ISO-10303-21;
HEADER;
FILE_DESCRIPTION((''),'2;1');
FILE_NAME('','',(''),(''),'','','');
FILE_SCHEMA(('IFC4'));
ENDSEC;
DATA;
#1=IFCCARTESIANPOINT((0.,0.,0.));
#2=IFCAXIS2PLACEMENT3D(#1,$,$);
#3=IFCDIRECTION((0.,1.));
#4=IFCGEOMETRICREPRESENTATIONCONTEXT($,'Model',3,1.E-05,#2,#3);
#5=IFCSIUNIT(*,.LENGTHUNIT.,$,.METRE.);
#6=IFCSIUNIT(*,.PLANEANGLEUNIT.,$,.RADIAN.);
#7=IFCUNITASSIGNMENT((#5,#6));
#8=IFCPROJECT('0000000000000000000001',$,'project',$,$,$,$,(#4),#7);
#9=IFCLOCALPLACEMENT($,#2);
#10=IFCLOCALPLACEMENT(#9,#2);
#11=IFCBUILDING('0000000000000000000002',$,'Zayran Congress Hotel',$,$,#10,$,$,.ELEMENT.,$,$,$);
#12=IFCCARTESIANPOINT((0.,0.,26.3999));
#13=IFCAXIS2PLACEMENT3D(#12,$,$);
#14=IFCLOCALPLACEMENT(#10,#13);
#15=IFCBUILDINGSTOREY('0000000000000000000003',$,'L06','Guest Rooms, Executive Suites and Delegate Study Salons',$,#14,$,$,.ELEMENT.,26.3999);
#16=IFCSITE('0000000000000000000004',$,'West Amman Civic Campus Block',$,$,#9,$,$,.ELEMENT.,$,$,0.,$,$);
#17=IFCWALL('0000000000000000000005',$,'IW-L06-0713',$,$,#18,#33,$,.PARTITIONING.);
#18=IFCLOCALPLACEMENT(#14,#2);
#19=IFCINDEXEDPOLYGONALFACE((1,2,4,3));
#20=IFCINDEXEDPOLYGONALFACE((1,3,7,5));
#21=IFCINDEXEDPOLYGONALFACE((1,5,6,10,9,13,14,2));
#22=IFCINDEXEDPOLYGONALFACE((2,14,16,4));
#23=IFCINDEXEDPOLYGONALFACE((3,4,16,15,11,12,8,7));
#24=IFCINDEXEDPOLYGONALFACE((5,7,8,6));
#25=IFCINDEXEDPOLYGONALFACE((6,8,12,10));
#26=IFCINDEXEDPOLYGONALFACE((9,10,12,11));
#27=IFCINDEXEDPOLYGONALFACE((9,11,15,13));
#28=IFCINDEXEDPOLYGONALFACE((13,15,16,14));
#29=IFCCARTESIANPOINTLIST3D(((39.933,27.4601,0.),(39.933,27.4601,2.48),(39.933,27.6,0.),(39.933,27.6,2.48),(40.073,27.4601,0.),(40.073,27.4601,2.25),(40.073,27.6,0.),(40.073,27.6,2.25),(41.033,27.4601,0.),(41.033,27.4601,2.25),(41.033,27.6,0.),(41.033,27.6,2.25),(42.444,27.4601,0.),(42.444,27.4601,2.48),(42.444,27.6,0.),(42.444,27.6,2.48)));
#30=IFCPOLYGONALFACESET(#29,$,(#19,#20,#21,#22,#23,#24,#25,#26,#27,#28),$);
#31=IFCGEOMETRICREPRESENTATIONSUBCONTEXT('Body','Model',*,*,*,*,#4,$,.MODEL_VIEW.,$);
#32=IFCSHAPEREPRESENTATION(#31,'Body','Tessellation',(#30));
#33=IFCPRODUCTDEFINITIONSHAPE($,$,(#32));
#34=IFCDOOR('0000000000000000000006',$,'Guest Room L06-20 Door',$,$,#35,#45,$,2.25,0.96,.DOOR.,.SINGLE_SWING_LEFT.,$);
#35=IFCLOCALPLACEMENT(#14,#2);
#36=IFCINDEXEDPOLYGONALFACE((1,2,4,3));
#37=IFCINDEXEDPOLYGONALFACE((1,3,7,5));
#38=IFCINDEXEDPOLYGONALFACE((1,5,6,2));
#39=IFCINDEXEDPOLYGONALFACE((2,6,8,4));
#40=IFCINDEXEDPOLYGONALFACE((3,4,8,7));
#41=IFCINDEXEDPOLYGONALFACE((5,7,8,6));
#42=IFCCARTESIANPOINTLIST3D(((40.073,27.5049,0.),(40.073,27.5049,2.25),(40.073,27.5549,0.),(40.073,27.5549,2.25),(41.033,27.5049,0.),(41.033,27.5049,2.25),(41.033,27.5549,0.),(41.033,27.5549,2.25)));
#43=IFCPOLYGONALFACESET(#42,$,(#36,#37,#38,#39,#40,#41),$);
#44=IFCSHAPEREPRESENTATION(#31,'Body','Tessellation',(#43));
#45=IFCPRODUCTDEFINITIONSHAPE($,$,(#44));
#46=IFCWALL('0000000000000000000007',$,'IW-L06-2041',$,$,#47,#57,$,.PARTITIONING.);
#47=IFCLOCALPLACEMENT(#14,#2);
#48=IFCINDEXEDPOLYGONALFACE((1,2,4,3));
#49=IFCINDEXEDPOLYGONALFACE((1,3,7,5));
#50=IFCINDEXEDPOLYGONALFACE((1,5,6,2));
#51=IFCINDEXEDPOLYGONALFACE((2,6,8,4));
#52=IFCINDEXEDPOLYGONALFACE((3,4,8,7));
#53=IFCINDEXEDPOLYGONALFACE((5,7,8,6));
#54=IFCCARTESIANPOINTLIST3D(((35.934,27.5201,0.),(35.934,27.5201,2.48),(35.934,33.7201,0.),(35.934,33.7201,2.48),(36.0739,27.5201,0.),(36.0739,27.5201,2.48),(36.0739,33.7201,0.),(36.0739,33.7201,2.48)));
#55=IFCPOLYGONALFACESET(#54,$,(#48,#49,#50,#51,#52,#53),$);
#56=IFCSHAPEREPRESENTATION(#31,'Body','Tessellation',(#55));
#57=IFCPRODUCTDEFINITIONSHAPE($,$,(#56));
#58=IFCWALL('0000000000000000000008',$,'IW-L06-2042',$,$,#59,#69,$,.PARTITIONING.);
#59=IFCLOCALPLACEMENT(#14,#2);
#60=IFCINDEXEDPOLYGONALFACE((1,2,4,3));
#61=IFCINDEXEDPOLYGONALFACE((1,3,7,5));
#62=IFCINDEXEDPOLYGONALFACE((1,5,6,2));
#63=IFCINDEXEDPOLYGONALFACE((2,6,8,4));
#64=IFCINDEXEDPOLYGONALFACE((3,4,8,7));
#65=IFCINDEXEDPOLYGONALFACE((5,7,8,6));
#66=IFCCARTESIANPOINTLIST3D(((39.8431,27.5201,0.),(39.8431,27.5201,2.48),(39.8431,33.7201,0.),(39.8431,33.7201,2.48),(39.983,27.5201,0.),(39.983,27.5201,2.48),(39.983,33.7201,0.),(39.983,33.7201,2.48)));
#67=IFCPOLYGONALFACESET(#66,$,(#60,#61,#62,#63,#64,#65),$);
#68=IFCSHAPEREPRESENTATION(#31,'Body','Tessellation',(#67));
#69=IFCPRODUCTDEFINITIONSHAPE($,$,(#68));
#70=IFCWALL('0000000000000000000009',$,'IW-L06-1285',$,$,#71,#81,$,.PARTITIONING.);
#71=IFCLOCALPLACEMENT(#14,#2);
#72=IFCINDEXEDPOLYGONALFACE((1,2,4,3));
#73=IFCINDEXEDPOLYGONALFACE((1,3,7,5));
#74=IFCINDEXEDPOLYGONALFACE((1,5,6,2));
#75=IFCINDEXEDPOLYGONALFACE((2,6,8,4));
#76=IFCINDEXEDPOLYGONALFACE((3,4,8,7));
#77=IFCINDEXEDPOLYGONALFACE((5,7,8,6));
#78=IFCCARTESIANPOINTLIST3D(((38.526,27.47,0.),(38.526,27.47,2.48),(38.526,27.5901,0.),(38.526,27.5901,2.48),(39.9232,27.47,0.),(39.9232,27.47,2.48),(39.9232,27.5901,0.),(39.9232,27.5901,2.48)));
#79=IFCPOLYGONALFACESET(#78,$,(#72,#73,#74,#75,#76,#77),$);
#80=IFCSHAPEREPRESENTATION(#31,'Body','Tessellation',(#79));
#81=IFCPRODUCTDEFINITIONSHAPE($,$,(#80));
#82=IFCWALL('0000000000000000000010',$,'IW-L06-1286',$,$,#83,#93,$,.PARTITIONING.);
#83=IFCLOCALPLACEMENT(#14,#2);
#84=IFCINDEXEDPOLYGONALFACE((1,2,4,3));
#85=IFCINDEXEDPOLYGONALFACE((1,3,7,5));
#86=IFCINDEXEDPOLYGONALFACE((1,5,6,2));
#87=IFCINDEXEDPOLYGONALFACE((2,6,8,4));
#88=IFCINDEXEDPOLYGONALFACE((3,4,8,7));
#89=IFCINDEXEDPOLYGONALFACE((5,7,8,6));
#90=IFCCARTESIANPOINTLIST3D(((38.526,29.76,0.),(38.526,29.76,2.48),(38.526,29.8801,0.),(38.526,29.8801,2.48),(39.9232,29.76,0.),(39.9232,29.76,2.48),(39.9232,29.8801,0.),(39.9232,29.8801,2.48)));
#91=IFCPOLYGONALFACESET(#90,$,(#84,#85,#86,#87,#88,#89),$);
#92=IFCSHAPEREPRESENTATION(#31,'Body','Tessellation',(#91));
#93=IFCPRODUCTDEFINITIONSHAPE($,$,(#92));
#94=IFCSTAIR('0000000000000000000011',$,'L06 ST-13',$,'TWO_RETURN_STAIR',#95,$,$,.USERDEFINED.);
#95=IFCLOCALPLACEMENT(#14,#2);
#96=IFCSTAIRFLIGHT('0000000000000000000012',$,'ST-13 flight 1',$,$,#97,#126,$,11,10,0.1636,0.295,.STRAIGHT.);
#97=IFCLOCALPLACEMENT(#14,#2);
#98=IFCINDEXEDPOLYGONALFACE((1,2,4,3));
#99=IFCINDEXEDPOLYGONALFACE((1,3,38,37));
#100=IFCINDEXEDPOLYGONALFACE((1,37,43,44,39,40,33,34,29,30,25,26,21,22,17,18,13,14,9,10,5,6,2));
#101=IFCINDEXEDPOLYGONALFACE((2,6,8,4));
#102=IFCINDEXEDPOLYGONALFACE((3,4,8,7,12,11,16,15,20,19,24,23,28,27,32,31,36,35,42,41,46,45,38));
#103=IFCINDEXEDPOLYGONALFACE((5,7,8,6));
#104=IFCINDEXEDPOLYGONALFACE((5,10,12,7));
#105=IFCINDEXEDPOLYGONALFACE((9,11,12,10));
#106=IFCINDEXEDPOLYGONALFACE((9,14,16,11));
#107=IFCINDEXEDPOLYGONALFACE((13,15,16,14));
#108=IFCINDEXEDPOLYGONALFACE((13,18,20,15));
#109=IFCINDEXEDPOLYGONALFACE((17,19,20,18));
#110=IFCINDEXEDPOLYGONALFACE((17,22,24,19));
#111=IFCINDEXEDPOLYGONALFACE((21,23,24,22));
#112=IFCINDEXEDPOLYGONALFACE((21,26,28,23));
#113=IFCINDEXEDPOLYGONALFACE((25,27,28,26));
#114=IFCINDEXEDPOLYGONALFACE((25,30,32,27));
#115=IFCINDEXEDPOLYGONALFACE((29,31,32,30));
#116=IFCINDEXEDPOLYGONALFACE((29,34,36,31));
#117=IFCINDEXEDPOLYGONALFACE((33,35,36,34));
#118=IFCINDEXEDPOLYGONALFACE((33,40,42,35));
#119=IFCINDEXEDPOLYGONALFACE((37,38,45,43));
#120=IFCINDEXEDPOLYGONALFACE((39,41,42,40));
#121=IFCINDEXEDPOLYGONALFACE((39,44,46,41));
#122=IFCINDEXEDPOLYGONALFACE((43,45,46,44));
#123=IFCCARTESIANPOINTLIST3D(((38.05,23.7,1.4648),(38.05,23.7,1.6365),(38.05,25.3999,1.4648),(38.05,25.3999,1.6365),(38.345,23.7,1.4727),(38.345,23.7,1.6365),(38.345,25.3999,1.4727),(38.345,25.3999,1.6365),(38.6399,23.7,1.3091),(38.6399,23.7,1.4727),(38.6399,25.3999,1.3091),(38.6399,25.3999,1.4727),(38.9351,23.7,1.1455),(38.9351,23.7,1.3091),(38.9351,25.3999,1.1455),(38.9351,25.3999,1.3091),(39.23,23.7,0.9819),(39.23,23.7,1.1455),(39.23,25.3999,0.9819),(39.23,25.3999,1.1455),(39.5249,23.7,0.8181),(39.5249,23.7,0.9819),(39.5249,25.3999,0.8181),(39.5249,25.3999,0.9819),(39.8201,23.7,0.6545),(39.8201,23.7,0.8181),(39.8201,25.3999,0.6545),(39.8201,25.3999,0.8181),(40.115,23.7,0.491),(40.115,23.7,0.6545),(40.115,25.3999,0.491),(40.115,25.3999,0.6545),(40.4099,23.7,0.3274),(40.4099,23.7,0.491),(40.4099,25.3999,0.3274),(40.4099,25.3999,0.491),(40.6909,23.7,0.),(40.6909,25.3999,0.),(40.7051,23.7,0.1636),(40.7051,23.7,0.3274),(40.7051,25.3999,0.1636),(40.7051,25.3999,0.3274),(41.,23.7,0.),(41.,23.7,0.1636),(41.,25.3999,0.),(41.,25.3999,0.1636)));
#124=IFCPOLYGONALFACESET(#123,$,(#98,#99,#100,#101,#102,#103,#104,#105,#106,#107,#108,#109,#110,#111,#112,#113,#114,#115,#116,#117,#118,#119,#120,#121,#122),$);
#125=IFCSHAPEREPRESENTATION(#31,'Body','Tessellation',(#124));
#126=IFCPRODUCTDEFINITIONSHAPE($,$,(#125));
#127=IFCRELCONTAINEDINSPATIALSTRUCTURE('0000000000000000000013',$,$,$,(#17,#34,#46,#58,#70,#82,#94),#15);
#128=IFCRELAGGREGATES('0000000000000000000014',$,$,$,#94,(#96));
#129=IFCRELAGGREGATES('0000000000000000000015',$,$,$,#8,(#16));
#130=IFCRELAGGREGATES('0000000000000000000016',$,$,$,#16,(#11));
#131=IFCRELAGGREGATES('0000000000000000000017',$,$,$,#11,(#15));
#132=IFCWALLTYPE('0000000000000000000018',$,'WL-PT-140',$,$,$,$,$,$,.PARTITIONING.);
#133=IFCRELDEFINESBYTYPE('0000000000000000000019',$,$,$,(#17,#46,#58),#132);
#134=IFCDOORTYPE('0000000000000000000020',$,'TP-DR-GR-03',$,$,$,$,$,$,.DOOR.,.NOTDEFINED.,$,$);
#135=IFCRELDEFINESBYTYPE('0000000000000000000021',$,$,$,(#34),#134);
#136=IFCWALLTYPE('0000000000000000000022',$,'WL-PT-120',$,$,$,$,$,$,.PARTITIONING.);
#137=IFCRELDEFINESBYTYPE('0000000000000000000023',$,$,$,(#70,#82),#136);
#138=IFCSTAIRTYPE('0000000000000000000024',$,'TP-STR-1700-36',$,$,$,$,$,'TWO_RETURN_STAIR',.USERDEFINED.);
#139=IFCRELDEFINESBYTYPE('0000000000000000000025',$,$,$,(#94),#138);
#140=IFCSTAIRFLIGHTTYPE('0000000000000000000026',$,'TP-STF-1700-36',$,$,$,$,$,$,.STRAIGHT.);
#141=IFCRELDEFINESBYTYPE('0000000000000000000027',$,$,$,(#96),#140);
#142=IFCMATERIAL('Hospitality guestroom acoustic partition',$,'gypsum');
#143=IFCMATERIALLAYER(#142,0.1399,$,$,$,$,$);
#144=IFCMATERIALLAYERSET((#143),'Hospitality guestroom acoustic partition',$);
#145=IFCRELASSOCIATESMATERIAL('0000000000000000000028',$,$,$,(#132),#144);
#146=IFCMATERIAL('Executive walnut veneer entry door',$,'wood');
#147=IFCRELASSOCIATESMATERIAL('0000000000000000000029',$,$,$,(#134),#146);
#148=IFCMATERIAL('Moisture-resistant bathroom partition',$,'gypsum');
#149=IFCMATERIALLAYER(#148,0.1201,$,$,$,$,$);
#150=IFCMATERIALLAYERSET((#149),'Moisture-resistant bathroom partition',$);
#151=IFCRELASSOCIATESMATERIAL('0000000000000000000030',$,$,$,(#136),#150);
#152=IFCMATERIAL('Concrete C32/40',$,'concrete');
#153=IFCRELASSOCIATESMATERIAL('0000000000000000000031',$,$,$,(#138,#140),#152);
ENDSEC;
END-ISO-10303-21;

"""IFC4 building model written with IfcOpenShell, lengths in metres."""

from ifc_helpers import new_model, si_unit, direction, frame, frame_2d, origin, place, context, subcontext, project, spatial, polyline, rectangle, outline, extrude, material, layer, layer_set, type_object, element, fill, aggregate, save


model = new_model("IFC4")

# Units and contexts
model_context = context("Model", 3, precision=1e-05, world=origin(), true_north=direction((0.0, 1.0)))
body_context = subcontext(model_context, "Body", "Model", "MODEL_VIEW")
ifc_project = project(units=[si_unit("LENGTHUNIT", "METRE"), si_unit("PLANEANGLEUNIT", "RADIAN")], contexts=[model_context])

# Site, building, storey
site_placement = place(None, origin())
site = spatial("IfcSite", under=ifc_project, at=site_placement, Name="West Amman Civic Campus Block", CompositionType="ELEMENT", RefElevation=0.0)
building_placement = place(site_placement, origin())
building = spatial("IfcBuilding", under=site, at=building_placement, Name="Zayran Congress Hotel", CompositionType="ELEMENT")
storey_placement = place(building_placement, frame((0.0, 0.0, 26.3999)))
storey = spatial("IfcBuildingStorey", under=building, at=storey_placement, Name="L06", Description="Guest Rooms, Executive Suites and Delegate Study Salons", CompositionType="ELEMENT", Elevation=26.3999)

# Wall, opening, door
ifc_material_1 = material(Name="Hospitality guestroom acoustic partition", Category="gypsum")
ifc_layer_1 = layer(ifc_material_1, 0.1399)
ifc_layer_set_1 = layer_set([ifc_layer_1], Name="Hospitality guestroom acoustic partition")
wall_type_1 = type_object("IfcWallType", Name="WL-PT-140", PredefinedType="PARTITIONING", material=ifc_layer_set_1)
ifc_material_2 = material(Name="Executive walnut veneer entry door", Category="wood")
door_type_1 = type_object("IfcDoorType", Name="TP-DR-GR-03", OperationType="NOTDEFINED", PredefinedType="DOOR", material=ifc_material_2)
wall_1_placement = place(storey_placement, frame((39.9331, 27.53, 0.0), z_axis=(0.0, 0.0, 1.0), x_axis=(1.0, 0.0, 0.0)))
wall_1 = element("IfcWall", 1, at=wall_1_placement, inside=storey, type_object=wall_type_1, Name="IW-L06-0713", PredefinedType="PARTITIONING", context=body_context, shape_type="SweptSolid", body=[
    extrude(rectangle(XDim=2.511, YDim=0.1399, at=frame_2d((1.2554, 0.0))), origin(), (0.0, 0.0, 1.0), 2.48),
])
opening_1_placement = place(wall_1_placement, frame((0.1399, 0.0, 0.0)))
opening_1 = element("IfcOpeningElement", 2, at=opening_1_placement, cuts=wall_1, PredefinedType="OPENING", context=body_context, shape_type="SweptSolid", body=[
    extrude(rectangle(XDim=0.96, YDim=2.25, at=frame_2d((0.48, 1.125))), frame((0.0, 0.0798, 0.0), z_axis=(0.0, -1.0, 0.0), x_axis=(1.0, 0.0, 0.0)), (0.0, 0.0, 1.0), 0.1599),
])
door_1_placement = place(opening_1_placement, origin())
door_1 = element("IfcDoor", 3, at=door_1_placement, inside=storey, type_object=door_type_1, Name="Guest Room L06-20 Door", OperationType="SINGLE_SWING_LEFT", OverallHeight=2.25, OverallWidth=0.96, PredefinedType="DOOR", context=body_context, shape_type="SweptSolid", body=[
    extrude(rectangle(XDim=0.96, YDim=2.25, at=frame_2d((0.48, 1.125))), frame((0.0, 0.0249, 0.0), z_axis=(0.0, -1.0, 0.0), x_axis=(1.0, 0.0, 0.0)), (0.0, 0.0, 1.0), 0.05),
])
fill(opening_1, door_1)

# Walls
for number, where, z_axis, x_axis, name in (
    (4, (36.0039, 27.52, 0.0), (0.0, 0.0, 1.0), (0.0, 1.0, 0.0), "IW-L06-2041"),
    (5, (39.9131, 27.52, 0.0), (0.0, 0.0, 1.0), (0.0, 1.0, 0.0), "IW-L06-2042"),
):
    element("IfcWall", number, at=place(storey_placement, frame(where, z_axis=z_axis, x_axis=x_axis)), inside=storey, type_object=wall_type_1, Name=name, PredefinedType="PARTITIONING", context=body_context, shape_type="SweptSolid", body=[
        extrude(rectangle(XDim=6.2, YDim=0.1399, at=frame_2d((3.1001, 0.0))), origin(), (0.0, 0.0, 1.0), 2.48),
    ])

# Shared definitions
ifc_material_3 = material(Name="Moisture-resistant bathroom partition", Category="gypsum")
ifc_layer_2 = layer(ifc_material_3, 0.1201)
ifc_layer_set_2 = layer_set([ifc_layer_2], Name="Moisture-resistant bathroom partition")
wall_type_2 = type_object("IfcWallType", Name="WL-PT-120", PredefinedType="PARTITIONING", material=ifc_layer_set_2)

# Walls
for number, where, z_axis, x_axis, name in (
    (6, (38.5259, 27.53, 0.0), (0.0, 0.0, 1.0), (1.0, 0.0, 0.0), "IW-L06-1285"),
    (7, (38.5259, 29.8201, 0.0), (0.0, 0.0, 1.0), (1.0, 0.0, 0.0), "IW-L06-1286"),
):
    element("IfcWall", number, at=place(storey_placement, frame(where, z_axis=z_axis, x_axis=x_axis)), inside=storey, type_object=wall_type_2, Name=name, PredefinedType="PARTITIONING", context=body_context, shape_type="SweptSolid", body=[
        extrude(rectangle(XDim=1.3972, YDim=0.1201, at=frame_2d((0.6987, 0.0))), origin(), (0.0, 0.0, 1.0), 2.48),
    ])

# Stair, stair flight
ifc_material_4 = material(Name="Concrete C32/40", Category="concrete")
stair_type = type_object("IfcStairType", Name="TP-STR-1700-36", ElementType="TWO_RETURN_STAIR", PredefinedType="USERDEFINED", material=ifc_material_4)
stair_placement = place(storey_placement, origin())
stair = element("IfcStair", 8, at=stair_placement, inside=storey, type_object=stair_type, Name="L06 ST-13", ObjectType="TWO_RETURN_STAIR", PredefinedType="USERDEFINED")
stair_flight_type = type_object("IfcStairFlightType", Name="TP-STF-1700-36", PredefinedType="STRAIGHT", material=ifc_material_4)
stair_flight_placement = place(storey_placement, frame((41.0, 24.55, 0.0), z_axis=(0.0, 0.0, 1.0), x_axis=(-1.0, 0.0, 0.0)))
stair_flight = element("IfcStairFlight", 9, at=stair_flight_placement, type_object=stair_flight_type, Name="ST-13 flight 1", NumberOfRisers=11, NumberOfTreads=10, PredefinedType="STRAIGHT", RiserHeight=0.1636, TreadLength=0.295, context=body_context, shape_type="SweptSolid", body=[
    extrude(outline(polyline([(0.0, 0.0), (0.0, 0.1636), (0.2949, 0.1636), (0.2949, 0.3274), (0.5901, 0.3274), (0.5901, 0.491), (0.885, 0.491), (0.885, 0.6545), (1.1799, 0.6545), (1.1799, 0.8181), (1.4751, 0.8181), (1.4751, 0.9819), (1.77, 0.9819), (1.77, 1.1455), (2.0649, 1.1455), (2.0649, 1.3091), (2.3601, 1.3091), (2.3601, 1.4727), (2.655, 1.4727), (2.655, 1.6365), (2.95, 1.6365), (2.95, 1.8), (2.95, 1.4648), (0.3091, 0.0), (0.0, 0.0)])), frame((0.0, 0.8501, 0.0), z_axis=(0.0, -1.0, 0.0), x_axis=(1.0, 0.0, 0.0)), (0.0, 0.0, 1.0), 1.7),
])
aggregate(stair, [stair_flight])

save(model, "model.ifc")
